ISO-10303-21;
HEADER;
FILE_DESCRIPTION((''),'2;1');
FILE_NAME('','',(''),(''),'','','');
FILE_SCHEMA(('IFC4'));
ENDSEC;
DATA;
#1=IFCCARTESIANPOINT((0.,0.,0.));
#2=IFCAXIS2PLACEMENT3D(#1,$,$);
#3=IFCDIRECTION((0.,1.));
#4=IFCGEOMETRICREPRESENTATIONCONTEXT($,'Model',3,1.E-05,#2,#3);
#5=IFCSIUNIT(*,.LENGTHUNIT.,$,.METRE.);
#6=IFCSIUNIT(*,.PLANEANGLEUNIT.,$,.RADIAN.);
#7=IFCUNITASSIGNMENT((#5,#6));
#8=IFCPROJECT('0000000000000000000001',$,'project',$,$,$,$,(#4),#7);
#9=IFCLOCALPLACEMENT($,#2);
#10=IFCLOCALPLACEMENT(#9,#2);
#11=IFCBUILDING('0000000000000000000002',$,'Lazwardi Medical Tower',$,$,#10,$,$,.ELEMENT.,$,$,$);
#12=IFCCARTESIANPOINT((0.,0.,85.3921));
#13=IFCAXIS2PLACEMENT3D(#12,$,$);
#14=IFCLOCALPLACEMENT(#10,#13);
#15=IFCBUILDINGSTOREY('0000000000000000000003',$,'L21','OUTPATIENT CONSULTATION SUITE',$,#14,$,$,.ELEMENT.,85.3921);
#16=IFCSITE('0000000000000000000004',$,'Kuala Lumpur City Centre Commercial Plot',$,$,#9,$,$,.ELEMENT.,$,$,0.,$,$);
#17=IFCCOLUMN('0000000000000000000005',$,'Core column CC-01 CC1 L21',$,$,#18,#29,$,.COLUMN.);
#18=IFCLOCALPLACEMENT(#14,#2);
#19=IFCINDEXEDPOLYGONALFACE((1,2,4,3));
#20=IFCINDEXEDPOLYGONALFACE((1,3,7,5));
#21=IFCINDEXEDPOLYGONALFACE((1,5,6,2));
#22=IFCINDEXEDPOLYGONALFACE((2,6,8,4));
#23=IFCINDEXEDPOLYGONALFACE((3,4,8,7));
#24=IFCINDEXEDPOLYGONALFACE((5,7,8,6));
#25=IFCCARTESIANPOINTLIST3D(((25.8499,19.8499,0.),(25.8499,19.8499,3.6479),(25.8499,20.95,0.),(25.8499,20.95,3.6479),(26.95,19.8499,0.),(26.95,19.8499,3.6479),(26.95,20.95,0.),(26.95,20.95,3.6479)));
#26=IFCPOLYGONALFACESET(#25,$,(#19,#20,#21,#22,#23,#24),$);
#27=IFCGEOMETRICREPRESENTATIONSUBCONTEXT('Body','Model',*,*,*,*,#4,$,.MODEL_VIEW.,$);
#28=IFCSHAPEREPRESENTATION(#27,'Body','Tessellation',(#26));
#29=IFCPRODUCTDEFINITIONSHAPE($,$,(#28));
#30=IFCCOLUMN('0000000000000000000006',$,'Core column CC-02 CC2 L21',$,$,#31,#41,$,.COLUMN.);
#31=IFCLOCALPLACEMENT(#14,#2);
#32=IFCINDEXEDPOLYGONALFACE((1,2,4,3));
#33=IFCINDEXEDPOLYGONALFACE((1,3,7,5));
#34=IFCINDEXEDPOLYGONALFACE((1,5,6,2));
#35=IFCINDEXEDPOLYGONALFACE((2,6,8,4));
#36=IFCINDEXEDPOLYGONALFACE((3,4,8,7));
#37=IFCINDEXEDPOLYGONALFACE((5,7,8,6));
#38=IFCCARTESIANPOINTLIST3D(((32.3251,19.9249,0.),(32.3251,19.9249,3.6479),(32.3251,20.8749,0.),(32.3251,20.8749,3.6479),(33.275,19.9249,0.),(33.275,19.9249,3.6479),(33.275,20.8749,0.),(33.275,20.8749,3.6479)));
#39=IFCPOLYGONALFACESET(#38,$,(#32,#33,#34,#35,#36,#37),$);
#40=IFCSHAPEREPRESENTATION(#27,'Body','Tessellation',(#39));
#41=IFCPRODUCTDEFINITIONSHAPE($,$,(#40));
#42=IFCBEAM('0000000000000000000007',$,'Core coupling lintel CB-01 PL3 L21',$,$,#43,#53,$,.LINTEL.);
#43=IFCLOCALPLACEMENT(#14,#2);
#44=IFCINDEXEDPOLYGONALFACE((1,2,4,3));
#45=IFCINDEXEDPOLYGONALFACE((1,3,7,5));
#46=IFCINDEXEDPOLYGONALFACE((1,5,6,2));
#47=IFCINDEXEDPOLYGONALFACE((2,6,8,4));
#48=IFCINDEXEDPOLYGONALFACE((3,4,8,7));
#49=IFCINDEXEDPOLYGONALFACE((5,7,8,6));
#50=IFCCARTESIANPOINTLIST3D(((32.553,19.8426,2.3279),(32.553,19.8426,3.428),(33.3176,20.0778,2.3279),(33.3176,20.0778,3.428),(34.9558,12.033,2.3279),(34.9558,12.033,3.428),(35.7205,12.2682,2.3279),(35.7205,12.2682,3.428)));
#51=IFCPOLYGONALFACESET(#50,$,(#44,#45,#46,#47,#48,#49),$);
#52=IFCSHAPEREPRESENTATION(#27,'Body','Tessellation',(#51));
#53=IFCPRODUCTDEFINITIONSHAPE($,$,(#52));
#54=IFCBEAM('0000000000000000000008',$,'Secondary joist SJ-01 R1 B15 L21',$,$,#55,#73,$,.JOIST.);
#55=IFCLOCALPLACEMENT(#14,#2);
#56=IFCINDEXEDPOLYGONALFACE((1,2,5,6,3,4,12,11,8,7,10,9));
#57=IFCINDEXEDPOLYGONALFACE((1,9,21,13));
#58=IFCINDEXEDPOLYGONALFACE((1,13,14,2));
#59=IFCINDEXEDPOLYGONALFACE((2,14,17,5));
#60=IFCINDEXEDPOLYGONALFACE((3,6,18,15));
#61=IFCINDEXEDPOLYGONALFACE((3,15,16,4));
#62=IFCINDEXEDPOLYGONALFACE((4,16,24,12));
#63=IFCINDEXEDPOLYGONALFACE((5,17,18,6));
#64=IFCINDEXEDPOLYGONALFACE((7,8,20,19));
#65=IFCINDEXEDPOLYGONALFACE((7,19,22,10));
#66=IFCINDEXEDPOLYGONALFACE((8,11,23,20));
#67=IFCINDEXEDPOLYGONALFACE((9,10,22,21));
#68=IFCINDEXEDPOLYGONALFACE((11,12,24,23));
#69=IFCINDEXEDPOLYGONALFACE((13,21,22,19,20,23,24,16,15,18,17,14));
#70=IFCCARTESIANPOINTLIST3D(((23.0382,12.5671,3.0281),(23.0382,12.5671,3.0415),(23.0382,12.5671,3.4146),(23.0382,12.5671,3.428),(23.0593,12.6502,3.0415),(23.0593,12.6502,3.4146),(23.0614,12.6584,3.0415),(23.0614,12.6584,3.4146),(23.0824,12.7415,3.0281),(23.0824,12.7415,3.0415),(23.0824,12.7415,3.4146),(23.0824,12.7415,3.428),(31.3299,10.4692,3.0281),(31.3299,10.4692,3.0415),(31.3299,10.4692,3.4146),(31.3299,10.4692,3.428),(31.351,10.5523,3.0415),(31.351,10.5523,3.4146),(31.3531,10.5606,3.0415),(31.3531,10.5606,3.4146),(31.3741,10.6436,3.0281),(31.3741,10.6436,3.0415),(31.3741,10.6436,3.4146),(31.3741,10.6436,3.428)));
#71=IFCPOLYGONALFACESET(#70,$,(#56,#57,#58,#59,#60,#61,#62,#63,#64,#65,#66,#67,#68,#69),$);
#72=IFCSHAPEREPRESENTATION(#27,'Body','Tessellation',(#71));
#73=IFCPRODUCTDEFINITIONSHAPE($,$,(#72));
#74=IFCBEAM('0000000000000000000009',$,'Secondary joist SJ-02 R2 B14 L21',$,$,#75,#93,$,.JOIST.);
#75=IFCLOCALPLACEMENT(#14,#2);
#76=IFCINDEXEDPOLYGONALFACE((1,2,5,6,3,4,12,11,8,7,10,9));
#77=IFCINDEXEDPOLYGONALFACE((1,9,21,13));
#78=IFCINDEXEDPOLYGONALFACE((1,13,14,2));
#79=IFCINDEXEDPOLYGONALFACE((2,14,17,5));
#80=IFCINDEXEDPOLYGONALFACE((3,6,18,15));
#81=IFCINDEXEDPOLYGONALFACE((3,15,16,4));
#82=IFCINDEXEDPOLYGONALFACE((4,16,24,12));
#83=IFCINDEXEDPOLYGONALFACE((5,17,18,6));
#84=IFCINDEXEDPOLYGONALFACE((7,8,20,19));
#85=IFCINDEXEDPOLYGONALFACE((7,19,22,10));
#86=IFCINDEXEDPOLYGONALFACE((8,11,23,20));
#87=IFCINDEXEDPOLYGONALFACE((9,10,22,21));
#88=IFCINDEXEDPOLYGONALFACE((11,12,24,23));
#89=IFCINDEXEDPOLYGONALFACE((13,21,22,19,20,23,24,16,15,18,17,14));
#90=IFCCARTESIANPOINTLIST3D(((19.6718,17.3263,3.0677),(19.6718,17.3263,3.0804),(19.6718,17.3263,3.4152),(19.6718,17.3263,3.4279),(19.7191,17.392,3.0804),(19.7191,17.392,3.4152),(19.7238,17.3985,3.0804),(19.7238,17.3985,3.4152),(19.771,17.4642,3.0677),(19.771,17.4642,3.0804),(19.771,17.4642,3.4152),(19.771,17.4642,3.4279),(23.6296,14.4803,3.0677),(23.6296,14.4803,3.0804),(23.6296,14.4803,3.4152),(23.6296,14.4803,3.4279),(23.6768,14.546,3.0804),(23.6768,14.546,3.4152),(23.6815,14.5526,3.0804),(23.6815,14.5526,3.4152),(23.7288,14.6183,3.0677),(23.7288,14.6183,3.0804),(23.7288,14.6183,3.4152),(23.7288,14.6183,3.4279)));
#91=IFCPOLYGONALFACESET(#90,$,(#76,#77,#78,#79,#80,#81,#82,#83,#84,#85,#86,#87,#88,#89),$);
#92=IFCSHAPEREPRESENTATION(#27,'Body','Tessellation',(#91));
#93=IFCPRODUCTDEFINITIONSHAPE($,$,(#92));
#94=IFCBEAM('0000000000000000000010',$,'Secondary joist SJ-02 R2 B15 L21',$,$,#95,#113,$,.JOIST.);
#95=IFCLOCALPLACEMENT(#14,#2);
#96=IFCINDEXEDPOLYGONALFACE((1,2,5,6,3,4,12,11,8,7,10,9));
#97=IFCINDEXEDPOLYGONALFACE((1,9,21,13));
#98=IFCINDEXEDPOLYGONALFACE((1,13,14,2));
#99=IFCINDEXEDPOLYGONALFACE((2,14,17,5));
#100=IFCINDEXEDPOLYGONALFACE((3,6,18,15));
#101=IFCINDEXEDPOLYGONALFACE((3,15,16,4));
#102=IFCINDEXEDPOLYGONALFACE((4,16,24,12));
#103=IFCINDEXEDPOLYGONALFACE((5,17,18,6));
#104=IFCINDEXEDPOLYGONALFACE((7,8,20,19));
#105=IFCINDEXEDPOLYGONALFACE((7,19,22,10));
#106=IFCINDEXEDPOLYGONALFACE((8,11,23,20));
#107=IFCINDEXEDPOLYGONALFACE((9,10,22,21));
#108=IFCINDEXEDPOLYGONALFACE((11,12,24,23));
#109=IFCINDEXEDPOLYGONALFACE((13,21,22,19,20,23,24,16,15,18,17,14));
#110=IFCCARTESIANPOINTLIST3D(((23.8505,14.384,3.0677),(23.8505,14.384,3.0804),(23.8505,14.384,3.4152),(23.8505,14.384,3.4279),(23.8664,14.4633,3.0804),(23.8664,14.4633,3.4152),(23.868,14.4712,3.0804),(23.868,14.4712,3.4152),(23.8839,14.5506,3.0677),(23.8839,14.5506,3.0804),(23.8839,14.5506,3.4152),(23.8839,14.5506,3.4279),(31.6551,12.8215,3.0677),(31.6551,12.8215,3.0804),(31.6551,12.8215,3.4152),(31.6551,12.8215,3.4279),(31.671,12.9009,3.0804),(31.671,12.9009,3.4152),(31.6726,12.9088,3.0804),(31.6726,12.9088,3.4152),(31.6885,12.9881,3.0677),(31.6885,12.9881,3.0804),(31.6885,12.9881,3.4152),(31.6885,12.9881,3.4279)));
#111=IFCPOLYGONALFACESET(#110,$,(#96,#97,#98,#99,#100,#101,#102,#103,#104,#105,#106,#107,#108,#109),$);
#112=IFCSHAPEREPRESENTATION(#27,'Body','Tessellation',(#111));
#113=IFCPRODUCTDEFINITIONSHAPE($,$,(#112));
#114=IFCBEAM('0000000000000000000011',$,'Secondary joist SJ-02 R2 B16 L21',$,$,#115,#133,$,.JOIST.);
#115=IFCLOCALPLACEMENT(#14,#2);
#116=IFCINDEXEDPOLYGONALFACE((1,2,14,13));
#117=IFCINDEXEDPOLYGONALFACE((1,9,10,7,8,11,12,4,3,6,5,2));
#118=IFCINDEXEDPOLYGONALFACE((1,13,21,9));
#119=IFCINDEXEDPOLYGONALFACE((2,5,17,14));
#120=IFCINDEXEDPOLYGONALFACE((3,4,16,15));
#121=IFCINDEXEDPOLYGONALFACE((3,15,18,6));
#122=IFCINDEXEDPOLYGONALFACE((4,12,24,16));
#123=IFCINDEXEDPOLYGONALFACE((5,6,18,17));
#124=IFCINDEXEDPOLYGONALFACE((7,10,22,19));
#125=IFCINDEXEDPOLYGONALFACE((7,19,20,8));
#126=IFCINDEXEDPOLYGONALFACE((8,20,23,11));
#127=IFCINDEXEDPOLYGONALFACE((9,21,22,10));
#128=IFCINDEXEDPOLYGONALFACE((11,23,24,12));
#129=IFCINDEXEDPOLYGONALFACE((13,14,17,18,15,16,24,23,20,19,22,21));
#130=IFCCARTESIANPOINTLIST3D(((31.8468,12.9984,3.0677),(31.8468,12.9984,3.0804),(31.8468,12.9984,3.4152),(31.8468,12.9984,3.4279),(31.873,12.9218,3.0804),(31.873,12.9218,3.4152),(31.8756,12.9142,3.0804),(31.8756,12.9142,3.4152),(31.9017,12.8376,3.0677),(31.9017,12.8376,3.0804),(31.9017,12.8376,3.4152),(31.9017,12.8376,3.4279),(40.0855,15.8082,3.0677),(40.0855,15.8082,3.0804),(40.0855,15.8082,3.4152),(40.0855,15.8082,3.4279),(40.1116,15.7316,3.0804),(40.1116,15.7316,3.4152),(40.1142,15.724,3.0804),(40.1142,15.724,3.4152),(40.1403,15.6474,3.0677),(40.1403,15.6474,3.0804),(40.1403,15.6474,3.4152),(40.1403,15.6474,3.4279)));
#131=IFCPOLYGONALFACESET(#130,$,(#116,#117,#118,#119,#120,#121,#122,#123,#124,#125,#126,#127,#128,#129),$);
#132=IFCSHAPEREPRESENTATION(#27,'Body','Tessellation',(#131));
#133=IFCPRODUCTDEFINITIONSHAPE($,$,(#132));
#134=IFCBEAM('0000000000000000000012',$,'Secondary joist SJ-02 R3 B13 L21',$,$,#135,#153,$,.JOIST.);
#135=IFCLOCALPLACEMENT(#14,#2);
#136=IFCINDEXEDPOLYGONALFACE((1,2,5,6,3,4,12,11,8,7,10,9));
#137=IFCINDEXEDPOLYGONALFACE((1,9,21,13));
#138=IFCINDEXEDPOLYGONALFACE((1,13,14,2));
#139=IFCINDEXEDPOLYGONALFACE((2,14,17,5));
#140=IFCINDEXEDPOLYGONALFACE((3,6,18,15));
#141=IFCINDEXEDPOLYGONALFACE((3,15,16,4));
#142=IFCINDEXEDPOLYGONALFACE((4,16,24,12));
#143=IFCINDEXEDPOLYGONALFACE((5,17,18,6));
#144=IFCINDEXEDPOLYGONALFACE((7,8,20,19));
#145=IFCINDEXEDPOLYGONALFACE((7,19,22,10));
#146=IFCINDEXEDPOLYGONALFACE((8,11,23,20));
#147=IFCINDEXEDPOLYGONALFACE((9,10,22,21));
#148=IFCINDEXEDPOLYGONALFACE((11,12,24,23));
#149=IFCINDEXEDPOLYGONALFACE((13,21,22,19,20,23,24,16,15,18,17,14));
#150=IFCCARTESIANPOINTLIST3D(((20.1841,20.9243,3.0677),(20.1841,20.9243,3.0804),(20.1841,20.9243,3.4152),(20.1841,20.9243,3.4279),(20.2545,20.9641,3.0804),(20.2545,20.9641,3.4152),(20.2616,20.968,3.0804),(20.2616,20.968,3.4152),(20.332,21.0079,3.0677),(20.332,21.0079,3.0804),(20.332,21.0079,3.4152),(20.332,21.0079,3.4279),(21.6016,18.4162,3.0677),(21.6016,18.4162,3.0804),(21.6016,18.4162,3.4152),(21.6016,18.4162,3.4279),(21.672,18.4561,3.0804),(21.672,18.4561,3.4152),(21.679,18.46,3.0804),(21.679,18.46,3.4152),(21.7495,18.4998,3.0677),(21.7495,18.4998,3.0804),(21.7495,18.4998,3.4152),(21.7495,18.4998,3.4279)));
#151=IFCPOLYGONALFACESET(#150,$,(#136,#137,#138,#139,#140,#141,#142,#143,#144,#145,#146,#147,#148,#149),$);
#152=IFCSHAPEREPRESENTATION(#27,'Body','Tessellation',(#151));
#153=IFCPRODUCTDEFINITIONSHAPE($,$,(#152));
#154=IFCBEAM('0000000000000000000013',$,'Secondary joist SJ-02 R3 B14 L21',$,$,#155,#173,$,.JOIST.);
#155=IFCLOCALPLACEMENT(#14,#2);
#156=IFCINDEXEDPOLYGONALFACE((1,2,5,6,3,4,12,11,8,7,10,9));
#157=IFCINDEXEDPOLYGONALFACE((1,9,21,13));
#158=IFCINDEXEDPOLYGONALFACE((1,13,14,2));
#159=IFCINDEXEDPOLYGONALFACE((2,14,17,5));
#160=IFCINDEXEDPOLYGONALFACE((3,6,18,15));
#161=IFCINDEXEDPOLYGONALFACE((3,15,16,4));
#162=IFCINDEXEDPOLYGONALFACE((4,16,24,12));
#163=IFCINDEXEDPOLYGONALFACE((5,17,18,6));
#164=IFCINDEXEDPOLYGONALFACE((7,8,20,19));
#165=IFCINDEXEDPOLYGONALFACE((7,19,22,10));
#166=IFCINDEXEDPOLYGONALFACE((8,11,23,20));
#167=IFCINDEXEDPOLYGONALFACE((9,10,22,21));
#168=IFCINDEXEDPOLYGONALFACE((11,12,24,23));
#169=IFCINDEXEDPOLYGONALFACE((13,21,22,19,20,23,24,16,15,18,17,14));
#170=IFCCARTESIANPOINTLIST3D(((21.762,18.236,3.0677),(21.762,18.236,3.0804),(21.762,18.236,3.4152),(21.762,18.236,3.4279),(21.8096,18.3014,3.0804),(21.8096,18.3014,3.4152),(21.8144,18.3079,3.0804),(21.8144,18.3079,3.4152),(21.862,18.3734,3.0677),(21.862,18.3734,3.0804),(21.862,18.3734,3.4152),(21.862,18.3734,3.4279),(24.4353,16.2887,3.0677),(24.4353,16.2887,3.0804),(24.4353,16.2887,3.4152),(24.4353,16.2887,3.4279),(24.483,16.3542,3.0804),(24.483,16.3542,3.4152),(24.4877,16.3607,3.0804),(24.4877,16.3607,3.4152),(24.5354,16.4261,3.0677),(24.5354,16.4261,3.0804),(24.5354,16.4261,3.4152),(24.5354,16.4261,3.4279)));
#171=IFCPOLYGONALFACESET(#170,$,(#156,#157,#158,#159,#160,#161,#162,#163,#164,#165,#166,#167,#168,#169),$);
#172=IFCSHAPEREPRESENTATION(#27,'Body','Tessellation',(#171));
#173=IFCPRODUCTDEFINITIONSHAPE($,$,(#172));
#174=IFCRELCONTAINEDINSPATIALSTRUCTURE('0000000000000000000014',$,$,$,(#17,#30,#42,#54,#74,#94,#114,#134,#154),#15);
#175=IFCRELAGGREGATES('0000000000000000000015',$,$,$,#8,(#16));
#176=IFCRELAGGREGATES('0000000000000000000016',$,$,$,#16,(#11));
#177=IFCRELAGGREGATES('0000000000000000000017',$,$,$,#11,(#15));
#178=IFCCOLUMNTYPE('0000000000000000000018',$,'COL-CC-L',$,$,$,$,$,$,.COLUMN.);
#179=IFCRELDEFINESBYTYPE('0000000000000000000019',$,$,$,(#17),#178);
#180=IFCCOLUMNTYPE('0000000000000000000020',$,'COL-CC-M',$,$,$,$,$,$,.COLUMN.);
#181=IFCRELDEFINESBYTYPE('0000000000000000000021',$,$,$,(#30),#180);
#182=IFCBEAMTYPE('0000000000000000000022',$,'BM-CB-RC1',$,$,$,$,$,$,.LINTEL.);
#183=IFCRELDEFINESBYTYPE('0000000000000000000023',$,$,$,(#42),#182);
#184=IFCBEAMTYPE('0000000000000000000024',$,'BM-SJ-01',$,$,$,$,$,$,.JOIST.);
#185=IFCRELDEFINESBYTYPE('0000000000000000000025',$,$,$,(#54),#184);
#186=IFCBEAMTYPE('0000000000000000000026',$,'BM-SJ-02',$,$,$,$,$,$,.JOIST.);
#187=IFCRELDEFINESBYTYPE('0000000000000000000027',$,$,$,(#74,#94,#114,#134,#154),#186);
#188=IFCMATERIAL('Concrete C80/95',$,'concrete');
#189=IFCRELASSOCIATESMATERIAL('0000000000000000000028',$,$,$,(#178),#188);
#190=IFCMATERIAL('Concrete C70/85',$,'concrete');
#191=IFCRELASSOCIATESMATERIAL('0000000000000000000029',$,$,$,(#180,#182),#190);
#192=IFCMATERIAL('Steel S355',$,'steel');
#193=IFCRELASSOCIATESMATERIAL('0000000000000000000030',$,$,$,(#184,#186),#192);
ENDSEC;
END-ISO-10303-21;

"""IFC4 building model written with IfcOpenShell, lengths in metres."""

from ifc_helpers import new_model, si_unit, direction, frame, origin, origin_2d, place, context, subcontext, project, spatial, rectangle, i_section, extrude, material, material_profile, profile_set, type_object, element, save


model = new_model("IFC4")

# Units and contexts
model_context = context("Model", 3, precision=1e-05, world=origin(), true_north=direction((0.0, 1.0)))
body_context = subcontext(model_context, "Body", "Model", "MODEL_VIEW")
ifc_project = project(units=[si_unit("LENGTHUNIT", "METRE"), si_unit("PLANEANGLEUNIT", "RADIAN")], contexts=[model_context])

# Site, building, storey
site_placement = place(None, origin())
site = spatial("IfcSite", under=ifc_project, at=site_placement, Name="Kuala Lumpur City Centre Commercial Plot", CompositionType="ELEMENT", RefElevation=0.0)
building_placement = place(site_placement, origin())
building = spatial("IfcBuilding", under=site, at=building_placement, Name="Lazwardi Medical Tower", CompositionType="ELEMENT")
storey_placement = place(building_placement, frame((0.0, 0.0, 85.3921)))
storey = spatial("IfcBuildingStorey", under=building, at=storey_placement, Name="L21", Description="OUTPATIENT CONSULTATION SUITE", CompositionType="ELEMENT", Elevation=85.3921)

# Columns
ifc_material_1 = material(Name="Concrete C80/95", Category="concrete")
ifc_material_profile_1 = material_profile(ifc_material_1, rectangle(XDim=1.1001, YDim=1.1001, at=origin_2d()), Name="RC 1100x1100")
ifc_profile_set_1 = profile_set([ifc_material_profile_1], Name="Concrete C80/95")
column_type_1 = type_object("IfcColumnType", Name="COL-CC-L", PredefinedType="COLUMN", material=ifc_profile_set_1)
column_1_placement = place(storey_placement, frame((26.3999, 20.3999, 0.0), z_axis=(0.0, 0.0, 1.0), x_axis=(1.0, 0.0, 0.0)))
element("IfcColumn", 1, at=column_1_placement, inside=storey, type_object=column_type_1, Name="Core column CC-01 CC1 L21", PredefinedType="COLUMN", context=body_context, shape_type="SweptSolid", body=[
    extrude(rectangle(XDim=1.1001, YDim=1.1001, at=origin_2d()), origin(), (0.0, 0.0, 1.0), 3.6479),
])
ifc_material_2 = material(Name="Concrete C70/85", Category="concrete")
ifc_material_profile_2 = material_profile(ifc_material_2, rectangle(XDim=0.95, YDim=0.95, at=origin_2d()), Name="RC 950x950")
ifc_profile_set_2 = profile_set([ifc_material_profile_2], Name="Concrete C70/85")
column_type_2 = type_object("IfcColumnType", Name="COL-CC-M", PredefinedType="COLUMN", material=ifc_profile_set_2)
column_2_placement = place(storey_placement, frame((32.8, 20.3999, 0.0), z_axis=(0.0, 0.0, 1.0), x_axis=(1.0, 0.0, 0.0)))
element("IfcColumn", 2, at=column_2_placement, inside=storey, type_object=column_type_2, Name="Core column CC-02 CC2 L21", PredefinedType="COLUMN", context=body_context, shape_type="SweptSolid", body=[
    extrude(rectangle(XDim=0.95, YDim=0.95, at=origin_2d()), origin(), (0.0, 0.0, 1.0), 3.6479),
])

# Beams
ifc_material_profile_3 = material_profile(ifc_material_2, rectangle(XDim=0.8, YDim=1.1001, at=origin_2d()), Name="RC 800x1100")
ifc_profile_set_3 = profile_set([ifc_material_profile_3], Name="Concrete C70/85")
beam_type_1 = type_object("IfcBeamType", Name="BM-CB-RC1", PredefinedType="LINTEL", material=ifc_profile_set_3)
beam_1_placement = place(storey_placement, frame((32.9353, 19.9602, 2.8779), z_axis=(0.294073, -0.955783, 0.0), x_axis=(0.955783, 0.294073, 0.0)))
element("IfcBeam", 3, at=beam_1_placement, inside=storey, type_object=beam_type_1, Name="Core coupling lintel CB-01 PL3 L21", PredefinedType="LINTEL", context=body_context, shape_type="SweptSolid", body=[
    extrude(rectangle(XDim=0.8, YDim=1.1001, at=origin_2d()), origin(), (0.0, 0.0, 1.0), 8.1709),
])
ifc_material_3 = material(Name="Steel S355", Category="steel")
ifc_material_profile_4 = material_profile(ifc_material_3, i_section(OverallWidth=0.1799, OverallDepth=0.3999, WebThickness=0.0085, FlangeThickness=0.0134, at=origin_2d()), Name="IPE 400")
ifc_profile_set_4 = profile_set([ifc_material_profile_4], Name="Steel S355")
beam_type_2 = type_object("IfcBeamType", Name="BM-SJ-01", PredefinedType="JOIST", material=ifc_profile_set_4)
beam_2_placement = place(storey_placement, frame((23.0603, 12.6543, 3.228), z_axis=(0.969452, -0.245282, 0.0), x_axis=(0.245282, 0.969452, 0.0)))
element("IfcBeam", 4, at=beam_2_placement, inside=storey, type_object=beam_type_2, Name="Secondary joist SJ-01 R1 B15 L21", PredefinedType="JOIST", context=body_context, shape_type="SweptSolid", body=[
    extrude(i_section(OverallWidth=0.1799, OverallDepth=0.3999, WebThickness=0.0085, FlangeThickness=0.0134, at=origin_2d()), origin(), (0.0, 0.0, 1.0), 8.553),
])
ifc_material_profile_5 = material_profile(ifc_material_3, i_section(OverallWidth=0.1699, OverallDepth=0.3601, WebThickness=0.0081, FlangeThickness=0.0127, at=origin_2d()), Name="IPE 360")
ifc_profile_set_5 = profile_set([ifc_material_profile_5], Name="Steel S355")
beam_type_3 = type_object("IfcBeamType", Name="BM-SJ-02", PredefinedType="JOIST", material=ifc_profile_set_5)
beam_3_placement = place(storey_placement, frame((19.7214, 17.3953, 3.2478), z_axis=(0.811889, -0.583813, 0.0), x_axis=(0.583813, 0.811889, 0.0)))
element("IfcBeam", 5, at=beam_3_placement, inside=storey, type_object=beam_type_3, Name="Secondary joist SJ-02 R2 B14 L21", PredefinedType="JOIST", context=body_context, shape_type="SweptSolid", body=[
    extrude(i_section(OverallWidth=0.1699, OverallDepth=0.3601, WebThickness=0.0081, FlangeThickness=0.0127, at=origin_2d()), origin(), (0.0, 0.0, 1.0), 4.8748),
])
beam_4_placement = place(storey_placement, frame((23.8672, 14.4673, 3.2478), z_axis=(0.980543, -0.196305, 0.0), x_axis=(0.196305, 0.980543, 0.0)))
element("IfcBeam", 6, at=beam_4_placement, inside=storey, type_object=beam_type_3, Name="Secondary joist SJ-02 R2 B15 L21", PredefinedType="JOIST", context=body_context, shape_type="SweptSolid", body=[
    extrude(i_section(OverallWidth=0.1699, OverallDepth=0.3601, WebThickness=0.0081, FlangeThickness=0.0127, at=origin_2d()), origin(), (0.0, 0.0, 1.0), 7.9595),
])
beam_5_placement = place(storey_placement, frame((31.8743, 12.918, 3.2478), z_axis=(0.946467, 0.3228, 0.0), x_axis=(-0.3228, 0.946467, 0.0)))
element("IfcBeam", 7, at=beam_5_placement, inside=storey, type_object=beam_type_3, Name="Secondary joist SJ-02 R2 B16 L21", PredefinedType="JOIST", context=body_context, shape_type="SweptSolid", body=[
    extrude(i_section(OverallWidth=0.1699, OverallDepth=0.3601, WebThickness=0.0081, FlangeThickness=0.0127, at=origin_2d()), origin(), (0.0, 0.0, 1.0), 8.7046),
])
beam_6_placement = place(storey_placement, frame((20.2581, 20.9661, 3.2478), z_axis=(0.492027, -0.87058, 0.0), x_axis=(0.87058, 0.492027, 0.0)))
element("IfcBeam", 8, at=beam_6_placement, inside=storey, type_object=beam_type_3, Name="Secondary joist SJ-02 R3 B13 L21", PredefinedType="JOIST", context=body_context, shape_type="SweptSolid", body=[
    extrude(i_section(OverallWidth=0.1699, OverallDepth=0.3601, WebThickness=0.0081, FlangeThickness=0.0127, at=origin_2d()), origin(), (0.0, 0.0, 1.0), 2.8809),
])
beam_7_placement = place(storey_placement, frame((21.812, 18.3047, 3.2478), z_axis=(0.808302, -0.588768, 0.0), x_axis=(0.588768, 0.808302, 0.0)))
element("IfcBeam", 9, at=beam_7_placement, inside=storey, type_object=beam_type_3, Name="Secondary joist SJ-02 R3 B14 L21", PredefinedType="JOIST", context=body_context, shape_type="SweptSolid", body=[
    extrude(i_section(OverallWidth=0.1699, OverallDepth=0.3601, WebThickness=0.0081, FlangeThickness=0.0127, at=origin_2d()), origin(), (0.0, 0.0, 1.0), 3.3074),
])

save(model, "model.ifc")
